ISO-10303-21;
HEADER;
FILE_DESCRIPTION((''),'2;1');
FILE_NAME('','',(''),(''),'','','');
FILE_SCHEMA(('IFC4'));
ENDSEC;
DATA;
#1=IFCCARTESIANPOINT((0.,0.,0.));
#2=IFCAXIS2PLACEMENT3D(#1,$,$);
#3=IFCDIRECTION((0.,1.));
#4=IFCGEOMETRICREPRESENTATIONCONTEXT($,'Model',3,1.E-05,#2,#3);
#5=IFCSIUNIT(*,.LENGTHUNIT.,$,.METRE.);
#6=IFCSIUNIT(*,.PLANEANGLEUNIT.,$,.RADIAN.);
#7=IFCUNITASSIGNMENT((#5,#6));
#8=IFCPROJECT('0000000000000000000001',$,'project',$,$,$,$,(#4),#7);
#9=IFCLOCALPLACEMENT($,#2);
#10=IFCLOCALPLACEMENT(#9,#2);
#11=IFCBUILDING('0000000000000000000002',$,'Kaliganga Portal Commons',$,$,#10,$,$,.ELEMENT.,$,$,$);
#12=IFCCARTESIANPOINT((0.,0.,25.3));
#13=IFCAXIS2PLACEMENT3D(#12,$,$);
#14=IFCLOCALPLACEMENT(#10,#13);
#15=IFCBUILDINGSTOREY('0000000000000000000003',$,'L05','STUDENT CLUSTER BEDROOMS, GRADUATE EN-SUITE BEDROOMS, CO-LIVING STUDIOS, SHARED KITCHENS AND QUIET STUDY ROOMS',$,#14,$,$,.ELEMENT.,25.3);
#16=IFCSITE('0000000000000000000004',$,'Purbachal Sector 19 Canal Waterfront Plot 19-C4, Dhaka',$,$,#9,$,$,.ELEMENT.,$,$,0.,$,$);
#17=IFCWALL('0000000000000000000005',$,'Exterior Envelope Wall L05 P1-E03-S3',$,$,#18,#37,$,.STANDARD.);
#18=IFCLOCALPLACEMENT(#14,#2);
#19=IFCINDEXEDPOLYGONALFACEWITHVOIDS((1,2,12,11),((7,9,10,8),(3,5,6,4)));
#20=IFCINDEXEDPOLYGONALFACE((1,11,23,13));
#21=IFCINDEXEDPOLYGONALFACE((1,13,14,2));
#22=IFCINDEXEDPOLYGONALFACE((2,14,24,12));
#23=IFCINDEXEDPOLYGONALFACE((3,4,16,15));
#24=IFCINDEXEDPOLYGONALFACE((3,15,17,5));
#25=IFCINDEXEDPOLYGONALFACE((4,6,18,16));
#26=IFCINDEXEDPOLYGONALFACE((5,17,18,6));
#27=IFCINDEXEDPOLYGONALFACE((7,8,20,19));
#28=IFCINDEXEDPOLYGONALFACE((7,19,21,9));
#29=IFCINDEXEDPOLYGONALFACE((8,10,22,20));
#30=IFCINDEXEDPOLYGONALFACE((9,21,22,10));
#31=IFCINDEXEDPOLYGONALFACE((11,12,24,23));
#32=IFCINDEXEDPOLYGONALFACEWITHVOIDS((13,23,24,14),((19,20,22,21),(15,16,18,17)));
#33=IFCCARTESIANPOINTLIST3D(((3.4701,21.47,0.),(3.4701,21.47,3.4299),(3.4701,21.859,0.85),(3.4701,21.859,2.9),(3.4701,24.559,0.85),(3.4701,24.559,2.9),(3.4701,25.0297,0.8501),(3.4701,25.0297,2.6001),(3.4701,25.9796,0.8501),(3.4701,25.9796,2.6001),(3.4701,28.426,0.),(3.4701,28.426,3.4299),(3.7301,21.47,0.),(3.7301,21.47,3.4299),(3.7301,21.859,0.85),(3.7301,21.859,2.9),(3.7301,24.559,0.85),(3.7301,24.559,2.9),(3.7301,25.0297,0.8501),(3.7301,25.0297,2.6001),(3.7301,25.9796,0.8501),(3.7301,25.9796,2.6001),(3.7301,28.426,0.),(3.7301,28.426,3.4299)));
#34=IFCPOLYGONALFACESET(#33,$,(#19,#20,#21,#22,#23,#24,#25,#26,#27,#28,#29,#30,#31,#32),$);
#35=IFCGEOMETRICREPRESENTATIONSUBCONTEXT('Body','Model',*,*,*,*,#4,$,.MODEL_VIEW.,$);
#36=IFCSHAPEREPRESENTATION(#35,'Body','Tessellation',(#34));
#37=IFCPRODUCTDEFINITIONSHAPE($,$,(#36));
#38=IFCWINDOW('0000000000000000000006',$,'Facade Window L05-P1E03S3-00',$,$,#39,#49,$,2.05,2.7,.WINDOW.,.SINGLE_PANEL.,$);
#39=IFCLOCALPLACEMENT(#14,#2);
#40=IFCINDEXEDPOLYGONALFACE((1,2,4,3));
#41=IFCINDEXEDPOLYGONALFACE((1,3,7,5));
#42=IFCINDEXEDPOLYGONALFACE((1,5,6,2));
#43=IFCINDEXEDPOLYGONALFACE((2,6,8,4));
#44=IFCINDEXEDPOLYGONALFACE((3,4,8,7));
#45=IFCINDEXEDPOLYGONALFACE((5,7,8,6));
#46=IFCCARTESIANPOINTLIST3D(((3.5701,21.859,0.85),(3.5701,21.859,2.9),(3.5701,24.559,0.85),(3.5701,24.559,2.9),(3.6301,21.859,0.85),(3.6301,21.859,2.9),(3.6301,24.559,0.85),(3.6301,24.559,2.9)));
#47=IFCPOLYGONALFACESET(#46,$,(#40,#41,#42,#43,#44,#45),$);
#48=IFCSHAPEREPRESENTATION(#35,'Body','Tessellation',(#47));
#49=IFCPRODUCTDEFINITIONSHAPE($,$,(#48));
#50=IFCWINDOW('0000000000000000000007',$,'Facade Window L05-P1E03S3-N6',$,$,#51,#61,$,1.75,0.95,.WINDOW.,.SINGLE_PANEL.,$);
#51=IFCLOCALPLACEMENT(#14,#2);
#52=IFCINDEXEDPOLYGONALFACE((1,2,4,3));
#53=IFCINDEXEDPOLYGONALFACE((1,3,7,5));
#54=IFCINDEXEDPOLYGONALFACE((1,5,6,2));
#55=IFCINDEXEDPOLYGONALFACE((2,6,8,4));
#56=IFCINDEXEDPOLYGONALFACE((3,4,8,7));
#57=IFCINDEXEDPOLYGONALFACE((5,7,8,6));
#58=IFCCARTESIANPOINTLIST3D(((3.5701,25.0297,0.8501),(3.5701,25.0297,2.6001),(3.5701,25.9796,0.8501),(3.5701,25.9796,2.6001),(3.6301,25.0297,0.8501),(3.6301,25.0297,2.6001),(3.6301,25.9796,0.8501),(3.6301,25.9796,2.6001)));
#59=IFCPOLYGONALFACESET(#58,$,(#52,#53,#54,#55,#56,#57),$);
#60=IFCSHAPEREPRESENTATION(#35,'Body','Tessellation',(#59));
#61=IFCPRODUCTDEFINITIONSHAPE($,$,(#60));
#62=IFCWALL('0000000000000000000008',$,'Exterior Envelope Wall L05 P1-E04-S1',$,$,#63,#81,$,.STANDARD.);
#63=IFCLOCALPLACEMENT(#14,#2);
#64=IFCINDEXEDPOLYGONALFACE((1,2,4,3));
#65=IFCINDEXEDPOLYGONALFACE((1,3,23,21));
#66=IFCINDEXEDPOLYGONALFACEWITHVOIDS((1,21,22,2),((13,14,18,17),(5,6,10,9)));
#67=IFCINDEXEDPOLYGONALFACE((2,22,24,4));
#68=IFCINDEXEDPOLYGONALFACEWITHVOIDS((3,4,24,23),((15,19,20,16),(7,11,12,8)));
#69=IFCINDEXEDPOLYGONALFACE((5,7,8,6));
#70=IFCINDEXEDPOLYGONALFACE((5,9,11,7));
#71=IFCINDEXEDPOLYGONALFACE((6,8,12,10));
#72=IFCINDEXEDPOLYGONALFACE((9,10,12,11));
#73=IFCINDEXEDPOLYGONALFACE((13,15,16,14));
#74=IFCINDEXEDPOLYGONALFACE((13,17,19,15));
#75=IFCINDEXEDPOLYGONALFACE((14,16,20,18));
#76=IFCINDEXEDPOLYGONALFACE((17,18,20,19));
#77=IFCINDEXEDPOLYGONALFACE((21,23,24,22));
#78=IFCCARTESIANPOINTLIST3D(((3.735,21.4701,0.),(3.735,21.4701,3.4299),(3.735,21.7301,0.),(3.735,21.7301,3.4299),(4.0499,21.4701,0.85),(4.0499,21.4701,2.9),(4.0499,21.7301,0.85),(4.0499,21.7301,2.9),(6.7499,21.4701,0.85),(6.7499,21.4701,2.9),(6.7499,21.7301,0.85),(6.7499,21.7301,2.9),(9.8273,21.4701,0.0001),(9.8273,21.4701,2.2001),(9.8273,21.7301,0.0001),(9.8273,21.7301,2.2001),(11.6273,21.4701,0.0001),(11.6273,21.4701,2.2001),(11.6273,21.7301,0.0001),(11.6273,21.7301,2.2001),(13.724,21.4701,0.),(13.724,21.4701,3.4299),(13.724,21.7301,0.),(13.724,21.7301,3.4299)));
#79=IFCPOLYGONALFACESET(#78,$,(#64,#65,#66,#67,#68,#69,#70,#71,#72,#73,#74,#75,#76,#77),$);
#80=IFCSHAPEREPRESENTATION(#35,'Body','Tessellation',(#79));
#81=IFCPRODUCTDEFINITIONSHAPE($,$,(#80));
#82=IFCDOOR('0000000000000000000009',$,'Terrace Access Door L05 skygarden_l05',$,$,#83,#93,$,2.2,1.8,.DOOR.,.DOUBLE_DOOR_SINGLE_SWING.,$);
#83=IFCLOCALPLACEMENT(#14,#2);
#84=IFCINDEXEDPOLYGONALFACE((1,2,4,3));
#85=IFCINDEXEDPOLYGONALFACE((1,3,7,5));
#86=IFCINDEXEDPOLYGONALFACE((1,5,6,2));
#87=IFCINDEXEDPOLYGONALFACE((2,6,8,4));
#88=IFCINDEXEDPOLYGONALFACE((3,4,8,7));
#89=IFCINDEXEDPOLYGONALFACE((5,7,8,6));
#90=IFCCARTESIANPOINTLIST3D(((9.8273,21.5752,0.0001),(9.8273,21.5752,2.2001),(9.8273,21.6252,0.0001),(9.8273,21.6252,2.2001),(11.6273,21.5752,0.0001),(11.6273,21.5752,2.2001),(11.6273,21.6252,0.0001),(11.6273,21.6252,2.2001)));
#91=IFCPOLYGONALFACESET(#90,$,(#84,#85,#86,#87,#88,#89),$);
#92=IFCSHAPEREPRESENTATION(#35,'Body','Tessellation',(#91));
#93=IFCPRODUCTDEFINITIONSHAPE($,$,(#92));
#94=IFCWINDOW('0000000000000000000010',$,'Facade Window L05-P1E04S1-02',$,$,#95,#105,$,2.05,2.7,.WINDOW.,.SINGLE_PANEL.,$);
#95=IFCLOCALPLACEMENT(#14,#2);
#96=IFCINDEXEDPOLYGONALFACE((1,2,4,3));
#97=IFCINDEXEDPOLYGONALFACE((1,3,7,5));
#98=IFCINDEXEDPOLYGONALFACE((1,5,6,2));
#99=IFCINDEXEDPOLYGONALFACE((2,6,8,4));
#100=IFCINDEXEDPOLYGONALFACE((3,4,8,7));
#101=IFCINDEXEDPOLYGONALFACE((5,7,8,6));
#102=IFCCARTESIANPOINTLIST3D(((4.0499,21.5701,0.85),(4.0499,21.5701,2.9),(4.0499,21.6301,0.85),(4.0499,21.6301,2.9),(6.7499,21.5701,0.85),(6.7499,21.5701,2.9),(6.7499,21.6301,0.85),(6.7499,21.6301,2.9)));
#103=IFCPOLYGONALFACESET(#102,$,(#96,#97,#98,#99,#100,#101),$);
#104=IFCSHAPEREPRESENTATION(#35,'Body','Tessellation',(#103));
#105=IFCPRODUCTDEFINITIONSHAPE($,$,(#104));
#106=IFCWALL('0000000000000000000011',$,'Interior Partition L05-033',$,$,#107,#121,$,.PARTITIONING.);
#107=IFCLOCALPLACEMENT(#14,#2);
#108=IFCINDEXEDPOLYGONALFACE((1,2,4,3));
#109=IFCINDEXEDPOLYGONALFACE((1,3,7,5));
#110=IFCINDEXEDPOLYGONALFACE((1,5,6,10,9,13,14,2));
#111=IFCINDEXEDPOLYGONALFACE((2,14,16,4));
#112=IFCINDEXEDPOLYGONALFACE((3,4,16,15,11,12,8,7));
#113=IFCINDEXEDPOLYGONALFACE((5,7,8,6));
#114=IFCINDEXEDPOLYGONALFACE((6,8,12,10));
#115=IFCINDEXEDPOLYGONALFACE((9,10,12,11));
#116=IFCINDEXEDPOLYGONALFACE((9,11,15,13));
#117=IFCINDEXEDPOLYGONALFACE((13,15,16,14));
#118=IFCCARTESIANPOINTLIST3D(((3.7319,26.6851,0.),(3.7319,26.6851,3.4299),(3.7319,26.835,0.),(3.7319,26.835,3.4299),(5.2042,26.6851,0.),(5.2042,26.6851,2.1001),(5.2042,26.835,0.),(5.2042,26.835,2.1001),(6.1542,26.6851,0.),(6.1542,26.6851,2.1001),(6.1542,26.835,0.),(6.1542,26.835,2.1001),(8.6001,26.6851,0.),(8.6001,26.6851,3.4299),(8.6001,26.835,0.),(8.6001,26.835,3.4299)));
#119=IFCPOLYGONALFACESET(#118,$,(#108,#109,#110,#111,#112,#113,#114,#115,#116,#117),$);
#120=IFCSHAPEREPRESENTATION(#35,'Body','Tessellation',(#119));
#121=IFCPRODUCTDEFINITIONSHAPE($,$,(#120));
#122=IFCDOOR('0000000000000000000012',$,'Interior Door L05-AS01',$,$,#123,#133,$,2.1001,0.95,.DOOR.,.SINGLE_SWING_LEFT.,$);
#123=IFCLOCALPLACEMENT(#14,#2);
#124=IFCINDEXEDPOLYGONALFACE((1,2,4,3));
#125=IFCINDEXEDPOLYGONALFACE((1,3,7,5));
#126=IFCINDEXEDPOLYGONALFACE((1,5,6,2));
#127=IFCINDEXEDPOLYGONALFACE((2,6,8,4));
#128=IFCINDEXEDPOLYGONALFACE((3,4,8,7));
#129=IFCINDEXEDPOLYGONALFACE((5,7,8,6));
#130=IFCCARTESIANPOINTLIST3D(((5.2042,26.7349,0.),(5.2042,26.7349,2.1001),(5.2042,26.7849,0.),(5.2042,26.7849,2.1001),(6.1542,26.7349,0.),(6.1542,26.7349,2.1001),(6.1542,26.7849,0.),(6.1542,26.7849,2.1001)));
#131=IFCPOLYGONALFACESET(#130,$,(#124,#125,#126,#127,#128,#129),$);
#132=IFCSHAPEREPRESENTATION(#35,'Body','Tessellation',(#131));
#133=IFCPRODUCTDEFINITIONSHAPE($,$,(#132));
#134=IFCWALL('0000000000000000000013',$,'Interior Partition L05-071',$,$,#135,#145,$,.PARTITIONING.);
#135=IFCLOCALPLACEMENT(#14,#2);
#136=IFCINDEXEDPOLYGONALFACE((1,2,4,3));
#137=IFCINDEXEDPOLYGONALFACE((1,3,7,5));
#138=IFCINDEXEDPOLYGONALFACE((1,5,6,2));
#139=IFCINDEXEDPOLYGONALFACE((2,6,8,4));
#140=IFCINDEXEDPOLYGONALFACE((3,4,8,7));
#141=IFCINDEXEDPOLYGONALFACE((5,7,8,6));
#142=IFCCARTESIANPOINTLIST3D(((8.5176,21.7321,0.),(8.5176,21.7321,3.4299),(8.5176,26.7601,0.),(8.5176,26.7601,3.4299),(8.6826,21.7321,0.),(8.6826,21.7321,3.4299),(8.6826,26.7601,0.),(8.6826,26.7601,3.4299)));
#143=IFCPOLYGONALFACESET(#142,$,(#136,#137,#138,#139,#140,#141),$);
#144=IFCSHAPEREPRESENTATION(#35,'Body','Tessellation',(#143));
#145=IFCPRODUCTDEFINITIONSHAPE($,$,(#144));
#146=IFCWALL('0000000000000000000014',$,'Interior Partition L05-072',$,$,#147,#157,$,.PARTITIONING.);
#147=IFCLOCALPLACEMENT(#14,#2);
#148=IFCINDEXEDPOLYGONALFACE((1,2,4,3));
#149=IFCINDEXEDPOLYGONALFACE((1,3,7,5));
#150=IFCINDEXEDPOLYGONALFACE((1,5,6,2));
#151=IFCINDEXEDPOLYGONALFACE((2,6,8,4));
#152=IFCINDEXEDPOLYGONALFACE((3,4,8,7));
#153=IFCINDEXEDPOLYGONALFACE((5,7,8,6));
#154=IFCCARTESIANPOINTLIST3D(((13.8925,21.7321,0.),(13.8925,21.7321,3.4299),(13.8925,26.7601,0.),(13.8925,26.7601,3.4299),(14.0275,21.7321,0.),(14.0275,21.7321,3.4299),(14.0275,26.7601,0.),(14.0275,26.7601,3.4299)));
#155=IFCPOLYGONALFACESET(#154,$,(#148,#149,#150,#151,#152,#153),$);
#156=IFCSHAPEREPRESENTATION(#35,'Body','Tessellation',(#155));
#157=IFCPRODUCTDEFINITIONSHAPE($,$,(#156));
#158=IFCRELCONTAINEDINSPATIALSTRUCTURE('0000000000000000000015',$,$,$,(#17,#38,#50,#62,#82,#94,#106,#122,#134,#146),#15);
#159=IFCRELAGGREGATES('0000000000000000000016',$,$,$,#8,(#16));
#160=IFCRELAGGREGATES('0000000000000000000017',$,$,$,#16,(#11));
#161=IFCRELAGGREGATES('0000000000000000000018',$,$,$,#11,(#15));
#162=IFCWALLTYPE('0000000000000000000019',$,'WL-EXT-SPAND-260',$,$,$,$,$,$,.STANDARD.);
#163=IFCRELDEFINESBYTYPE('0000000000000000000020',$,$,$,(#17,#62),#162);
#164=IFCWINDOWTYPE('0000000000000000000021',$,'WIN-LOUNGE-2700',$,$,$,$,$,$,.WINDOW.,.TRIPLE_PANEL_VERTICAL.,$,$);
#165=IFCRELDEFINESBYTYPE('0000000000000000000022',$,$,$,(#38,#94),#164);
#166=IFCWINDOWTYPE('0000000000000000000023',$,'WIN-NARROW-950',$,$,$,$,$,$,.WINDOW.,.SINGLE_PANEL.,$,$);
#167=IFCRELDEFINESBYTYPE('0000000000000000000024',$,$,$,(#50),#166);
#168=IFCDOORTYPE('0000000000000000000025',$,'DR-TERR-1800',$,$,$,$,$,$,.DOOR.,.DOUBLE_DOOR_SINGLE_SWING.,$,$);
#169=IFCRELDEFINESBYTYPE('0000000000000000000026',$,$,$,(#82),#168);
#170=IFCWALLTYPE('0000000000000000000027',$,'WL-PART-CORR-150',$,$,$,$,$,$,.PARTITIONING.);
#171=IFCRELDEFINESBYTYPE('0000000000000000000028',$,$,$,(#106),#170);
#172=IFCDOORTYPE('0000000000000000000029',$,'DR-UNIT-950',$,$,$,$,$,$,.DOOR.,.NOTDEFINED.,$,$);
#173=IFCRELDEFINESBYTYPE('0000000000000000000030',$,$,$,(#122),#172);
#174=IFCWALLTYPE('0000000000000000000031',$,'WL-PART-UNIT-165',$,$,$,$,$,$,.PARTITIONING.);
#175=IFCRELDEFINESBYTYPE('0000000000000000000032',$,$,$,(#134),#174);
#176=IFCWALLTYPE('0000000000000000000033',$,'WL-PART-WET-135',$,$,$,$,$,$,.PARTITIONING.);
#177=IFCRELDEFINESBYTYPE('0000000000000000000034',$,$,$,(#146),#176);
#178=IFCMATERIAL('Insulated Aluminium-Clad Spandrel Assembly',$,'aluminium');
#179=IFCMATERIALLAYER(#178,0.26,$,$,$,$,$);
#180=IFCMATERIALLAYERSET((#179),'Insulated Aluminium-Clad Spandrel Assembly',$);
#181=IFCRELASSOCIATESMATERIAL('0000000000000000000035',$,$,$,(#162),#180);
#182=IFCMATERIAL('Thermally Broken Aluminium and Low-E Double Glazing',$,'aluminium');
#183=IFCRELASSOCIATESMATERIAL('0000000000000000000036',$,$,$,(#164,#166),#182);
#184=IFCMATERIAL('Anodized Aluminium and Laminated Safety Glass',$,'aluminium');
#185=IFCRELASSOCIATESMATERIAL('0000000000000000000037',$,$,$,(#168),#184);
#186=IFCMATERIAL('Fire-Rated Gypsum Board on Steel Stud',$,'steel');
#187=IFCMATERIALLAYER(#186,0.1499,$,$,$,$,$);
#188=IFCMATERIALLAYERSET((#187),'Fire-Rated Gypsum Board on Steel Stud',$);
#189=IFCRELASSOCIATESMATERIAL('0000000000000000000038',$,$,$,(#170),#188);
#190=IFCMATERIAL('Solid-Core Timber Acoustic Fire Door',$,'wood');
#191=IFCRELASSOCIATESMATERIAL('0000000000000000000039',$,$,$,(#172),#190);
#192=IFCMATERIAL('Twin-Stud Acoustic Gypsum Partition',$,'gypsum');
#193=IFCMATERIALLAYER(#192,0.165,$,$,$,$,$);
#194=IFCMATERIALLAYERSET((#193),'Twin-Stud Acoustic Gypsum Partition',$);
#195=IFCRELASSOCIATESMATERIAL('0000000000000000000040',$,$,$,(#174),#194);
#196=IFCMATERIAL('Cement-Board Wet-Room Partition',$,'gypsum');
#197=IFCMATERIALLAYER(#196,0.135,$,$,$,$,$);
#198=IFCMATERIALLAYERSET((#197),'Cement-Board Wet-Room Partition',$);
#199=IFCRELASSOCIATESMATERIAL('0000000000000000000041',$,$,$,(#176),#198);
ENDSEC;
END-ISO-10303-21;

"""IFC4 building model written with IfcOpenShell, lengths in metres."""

from ifc_helpers import new_model, si_unit, direction, frame, frame_2d, origin, place, context, subcontext, project, spatial, rectangle, extrude, material, layer, layer_set, type_object, element, fill, save


model = new_model("IFC4")

# Units and contexts
model_context = context("Model", 3, precision=1e-05, world=origin(), true_north=direction((0.0, 1.0)))
body_context = subcontext(model_context, "Body", "Model", "MODEL_VIEW")
ifc_project = project(units=[si_unit("LENGTHUNIT", "METRE"), si_unit("PLANEANGLEUNIT", "RADIAN")], contexts=[model_context])

# Site, building, storey
site_placement = place(None, origin())
site = spatial("IfcSite", under=ifc_project, at=site_placement, Name="Purbachal Sector 19 Canal Waterfront Plot 19-C4, Dhaka", CompositionType="ELEMENT", RefElevation=0.0)
building_placement = place(site_placement, origin())
building = spatial("IfcBuilding", under=site, at=building_placement, Name="Kaliganga Portal Commons", CompositionType="ELEMENT")
storey_placement = place(building_placement, frame((0.0, 0.0, 25.3)))
storey = spatial("IfcBuildingStorey", under=building, at=storey_placement, Name="L05", Description="STUDENT CLUSTER BEDROOMS, GRADUATE EN-SUITE BEDROOMS, CO-LIVING STUDIOS, SHARED KITCHENS AND QUIET STUDY ROOMS", CompositionType="ELEMENT", Elevation=25.3)

# Wall, openings, windows
ifc_material_1 = material(Name="Insulated Aluminium-Clad Spandrel Assembly", Category="aluminium")
ifc_layer_1 = layer(ifc_material_1, 0.26)
ifc_layer_set_1 = layer_set([ifc_layer_1], Name="Insulated Aluminium-Clad Spandrel Assembly")
wall_type_1 = type_object("IfcWallType", Name="WL-EXT-SPAND-260", PredefinedType="STANDARD", material=ifc_layer_set_1)
wall_1_placement = place(storey_placement, frame((3.6001, 21.47, 0.0), z_axis=(0.0, 0.0, 1.0), x_axis=(0.0, 1.0, 0.0)))
wall_1 = element("IfcWall", 1, at=wall_1_placement, inside=storey, type_object=wall_type_1, Name="Exterior Envelope Wall L05 P1-E03-S3", PredefinedType="STANDARD", context=body_context, shape_type="SweptSolid", body=[
    extrude(rectangle(XDim=6.9561, YDim=0.26, at=frame_2d((3.478, 0.0))), origin(), (0.0, 0.0, 1.0), 3.4299),
])
opening_1_placement = place(wall_1_placement, frame((0.3889, 0.0, 0.8501)))
opening_1 = element("IfcOpeningElement", 2, at=opening_1_placement, cuts=wall_1, PredefinedType="OPENING", context=body_context, shape_type="SweptSolid", body=[
    extrude(rectangle(XDim=2.7, YDim=2.05, at=frame_2d((1.3501, 1.0249))), frame((0.0, 0.1401, 0.0), z_axis=(0.0, -1.0, 0.0), x_axis=(1.0, 0.0, 0.0)), (0.0, 0.0, 1.0), 0.28),
])
opening_2_placement = place(wall_1_placement, frame((3.5596, 0.0, 0.8501)))
opening_2 = element("IfcOpeningElement", 3, at=opening_2_placement, cuts=wall_1, PredefinedType="OPENING", context=body_context, shape_type="SweptSolid", body=[
    extrude(rectangle(XDim=0.95, YDim=1.75, at=frame_2d((0.4751, 0.875))), frame((0.0, 0.1401, 0.0), z_axis=(0.0, -1.0, 0.0), x_axis=(1.0, 0.0, 0.0)), (0.0, 0.0, 1.0), 0.28),
])
ifc_material_2 = material(Name="Thermally Broken Aluminium and Low-E Double Glazing", Category="aluminium")
window_type_1 = type_object("IfcWindowType", Name="WIN-LOUNGE-2700", PartitioningType="TRIPLE_PANEL_VERTICAL", PredefinedType="WINDOW", material=ifc_material_2)
window_1_placement = place(opening_1_placement, origin())
window_1 = element("IfcWindow", 4, at=window_1_placement, inside=storey, type_object=window_type_1, Name="Facade Window L05-P1E03S3-00", OverallHeight=2.05, OverallWidth=2.7, PartitioningType="SINGLE_PANEL", PredefinedType="WINDOW", context=body_context, shape_type="SweptSolid", body=[
    extrude(rectangle(XDim=2.7, YDim=2.05, at=frame_2d((1.3501, 1.0249))), frame((0.0, 0.03, 0.0), z_axis=(0.0, -1.0, 0.0), x_axis=(1.0, 0.0, 0.0)), (0.0, 0.0, 1.0), 0.0601),
])
fill(opening_1, window_1)
window_type_2 = type_object("IfcWindowType", Name="WIN-NARROW-950", PartitioningType="SINGLE_PANEL", PredefinedType="WINDOW", material=ifc_material_2)
window_2_placement = place(opening_2_placement, origin())
window_2 = element("IfcWindow", 5, at=window_2_placement, inside=storey, type_object=window_type_2, Name="Facade Window L05-P1E03S3-N6", OverallHeight=1.75, OverallWidth=0.95, PartitioningType="SINGLE_PANEL", PredefinedType="WINDOW", context=body_context, shape_type="SweptSolid", body=[
    extrude(rectangle(XDim=0.95, YDim=1.75, at=frame_2d((0.4751, 0.875))), frame((0.0, 0.03, 0.0), z_axis=(0.0, -1.0, 0.0), x_axis=(1.0, 0.0, 0.0)), (0.0, 0.0, 1.0), 0.0601),
])
fill(opening_2, window_2)

# Wall, openings, door, window
wall_2_placement = place(storey_placement, frame((13.7241, 21.6001, 0.0), z_axis=(0.0, 0.0, 1.0), x_axis=(-1.0, 0.0, 0.0)))
wall_2 = element("IfcWall", 6, at=wall_2_placement, inside=storey, type_object=wall_type_1, Name="Exterior Envelope Wall L05 P1-E04-S1", PredefinedType="STANDARD", context=body_context, shape_type="SweptSolid", body=[
    extrude(rectangle(XDim=9.989, YDim=0.26, at=frame_2d((4.9946, 0.0))), origin(), (0.0, 0.0, 1.0), 3.4299),
])
opening_3_placement = place(wall_2_placement, frame((2.0969, 0.0, 0.0)))
opening_3 = element("IfcOpeningElement", 7, at=opening_3_placement, cuts=wall_2, PredefinedType="OPENING", context=body_context, shape_type="SweptSolid", body=[
    extrude(rectangle(XDim=1.8, YDim=2.2, at=frame_2d((0.8999, 1.1001))), frame((0.0, 0.1401, 0.0), z_axis=(0.0, -1.0, 0.0), x_axis=(1.0, 0.0, 0.0)), (0.0, 0.0, 1.0), 0.28),
])
opening_4_placement = place(wall_2_placement, frame((6.9741, 0.0, 0.8501)))
opening_4 = element("IfcOpeningElement", 8, at=opening_4_placement, cuts=wall_2, PredefinedType="OPENING", context=body_context, shape_type="SweptSolid", body=[
    extrude(rectangle(XDim=2.7, YDim=2.05, at=frame_2d((1.3501, 1.0249))), frame((0.0, 0.1401, 0.0), z_axis=(0.0, -1.0, 0.0), x_axis=(1.0, 0.0, 0.0)), (0.0, 0.0, 1.0), 0.28),
])
ifc_material_3 = material(Name="Anodized Aluminium and Laminated Safety Glass", Category="aluminium")
door_type_1 = type_object("IfcDoorType", Name="DR-TERR-1800", OperationType="DOUBLE_DOOR_SINGLE_SWING", PredefinedType="DOOR", material=ifc_material_3)
door_1_placement = place(opening_3_placement, origin())
door_1 = element("IfcDoor", 9, at=door_1_placement, inside=storey, type_object=door_type_1, Name="Terrace Access Door L05 skygarden_l05", OperationType="DOUBLE_DOOR_SINGLE_SWING", OverallHeight=2.2, OverallWidth=1.8, PredefinedType="DOOR", context=body_context, shape_type="SweptSolid", body=[
    extrude(rectangle(XDim=1.8, YDim=2.2, at=frame_2d((0.8999, 1.1001))), frame((0.0, 0.0249, 0.0), z_axis=(0.0, -1.0, 0.0), x_axis=(1.0, 0.0, 0.0)), (0.0, 0.0, 1.0), 0.05),
])
fill(opening_3, door_1)
window_3_placement = place(opening_4_placement, origin())
window_3 = element("IfcWindow", 10, at=window_3_placement, inside=storey, type_object=window_type_1, Name="Facade Window L05-P1E04S1-02", OverallHeight=2.05, OverallWidth=2.7, PartitioningType="SINGLE_PANEL", PredefinedType="WINDOW", context=body_context, shape_type="SweptSolid", body=[
    extrude(rectangle(XDim=2.7, YDim=2.05, at=frame_2d((1.3501, 1.0249))), frame((0.0, 0.03, 0.0), z_axis=(0.0, -1.0, 0.0), x_axis=(1.0, 0.0, 0.0)), (0.0, 0.0, 1.0), 0.0601),
])
fill(opening_4, window_3)

# Wall, opening, door
ifc_material_4 = material(Name="Fire-Rated Gypsum Board on Steel Stud", Category="steel")
ifc_layer_2 = layer(ifc_material_4, 0.1499)
ifc_layer_set_2 = layer_set([ifc_layer_2], Name="Fire-Rated Gypsum Board on Steel Stud")
wall_type_2 = type_object("IfcWallType", Name="WL-PART-CORR-150", PredefinedType="PARTITIONING", material=ifc_layer_set_2)
wall_3_placement = place(storey_placement, frame((3.7319, 26.76, 0.0), z_axis=(0.0, 0.0, 1.0), x_axis=(1.0, 0.0, 0.0)))
wall_3 = element("IfcWall", 11, at=wall_3_placement, inside=storey, type_object=wall_type_2, Name="Interior Partition L05-033", PredefinedType="PARTITIONING", context=body_context, shape_type="SweptSolid", body=[
    extrude(rectangle(XDim=4.8682, YDim=0.1499, at=frame_2d((2.4341, 0.0))), origin(), (0.0, 0.0, 1.0), 3.4299),
])
opening_5_placement = place(wall_3_placement, frame((1.4722, 0.0, 0.0)))
opening_5 = element("IfcOpeningElement", 12, at=opening_5_placement, cuts=wall_3, PredefinedType="OPENING", context=body_context, shape_type="SweptSolid", body=[
    extrude(rectangle(XDim=0.95, YDim=2.1001, at=frame_2d((0.4751, 1.05))), frame((0.0, 0.085, 0.0), z_axis=(0.0, -1.0, 0.0), x_axis=(1.0, 0.0, 0.0)), (0.0, 0.0, 1.0), 0.1699),
])
ifc_material_5 = material(Name="Solid-Core Timber Acoustic Fire Door", Category="wood")
door_type_2 = type_object("IfcDoorType", Name="DR-UNIT-950", OperationType="NOTDEFINED", PredefinedType="DOOR", material=ifc_material_5)
door_2_placement = place(opening_5_placement, origin())
door_2 = element("IfcDoor", 13, at=door_2_placement, inside=storey, type_object=door_type_2, Name="Interior Door L05-AS01", OperationType="SINGLE_SWING_LEFT", OverallHeight=2.1001, OverallWidth=0.95, PredefinedType="DOOR", context=body_context, shape_type="SweptSolid", body=[
    extrude(rectangle(XDim=0.95, YDim=2.1001, at=frame_2d((0.4751, 1.05))), frame((0.0, 0.0249, 0.0), z_axis=(0.0, -1.0, 0.0), x_axis=(1.0, 0.0, 0.0)), (0.0, 0.0, 1.0), 0.05),
])
fill(opening_5, door_2)

# Walls
ifc_material_6 = material(Name="Twin-Stud Acoustic Gypsum Partition", Category="gypsum")
ifc_layer_3 = layer(ifc_material_6, 0.165)
ifc_layer_set_3 = layer_set([ifc_layer_3], Name="Twin-Stud Acoustic Gypsum Partition")
wall_type_3 = type_object("IfcWallType", Name="WL-PART-UNIT-165", PredefinedType="PARTITIONING", material=ifc_layer_set_3)
wall_4_placement = place(storey_placement, frame((8.6001, 21.7319, 0.0), z_axis=(0.0, 0.0, 1.0), x_axis=(0.0, 1.0, 0.0)))
element("IfcWall", 14, at=wall_4_placement, inside=storey, type_object=wall_type_3, Name="Interior Partition L05-071", PredefinedType="PARTITIONING", context=body_context, shape_type="SweptSolid", body=[
    extrude(rectangle(XDim=5.0281, YDim=0.165, at=frame_2d((2.5142, 0.0))), origin(), (0.0, 0.0, 1.0), 3.4299),
])
ifc_material_7 = material(Name="Cement-Board Wet-Room Partition", Category="gypsum")
ifc_layer_4 = layer(ifc_material_7, 0.135)
ifc_layer_set_4 = layer_set([ifc_layer_4], Name="Cement-Board Wet-Room Partition")
wall_type_4 = type_object("IfcWallType", Name="WL-PART-WET-135", PredefinedType="PARTITIONING", material=ifc_layer_set_4)
for number, where, z_axis, x_axis, name in (
    (15, (13.96, 21.7319, 0.0), (0.0, 0.0, 1.0), (0.0, 1.0, 0.0), "Interior Partition L05-072"),
):
    element("IfcWall", number, at=place(storey_placement, frame(where, z_axis=z_axis, x_axis=x_axis)), inside=storey, type_object=wall_type_4, Name=name, PredefinedType="PARTITIONING", context=body_context, shape_type="SweptSolid", body=[
        extrude(rectangle(XDim=5.0281, YDim=0.135, at=frame_2d((2.5142, 0.0))), origin(), (0.0, 0.0, 1.0), 3.4299),
    ])

save(model, "model.ifc")
